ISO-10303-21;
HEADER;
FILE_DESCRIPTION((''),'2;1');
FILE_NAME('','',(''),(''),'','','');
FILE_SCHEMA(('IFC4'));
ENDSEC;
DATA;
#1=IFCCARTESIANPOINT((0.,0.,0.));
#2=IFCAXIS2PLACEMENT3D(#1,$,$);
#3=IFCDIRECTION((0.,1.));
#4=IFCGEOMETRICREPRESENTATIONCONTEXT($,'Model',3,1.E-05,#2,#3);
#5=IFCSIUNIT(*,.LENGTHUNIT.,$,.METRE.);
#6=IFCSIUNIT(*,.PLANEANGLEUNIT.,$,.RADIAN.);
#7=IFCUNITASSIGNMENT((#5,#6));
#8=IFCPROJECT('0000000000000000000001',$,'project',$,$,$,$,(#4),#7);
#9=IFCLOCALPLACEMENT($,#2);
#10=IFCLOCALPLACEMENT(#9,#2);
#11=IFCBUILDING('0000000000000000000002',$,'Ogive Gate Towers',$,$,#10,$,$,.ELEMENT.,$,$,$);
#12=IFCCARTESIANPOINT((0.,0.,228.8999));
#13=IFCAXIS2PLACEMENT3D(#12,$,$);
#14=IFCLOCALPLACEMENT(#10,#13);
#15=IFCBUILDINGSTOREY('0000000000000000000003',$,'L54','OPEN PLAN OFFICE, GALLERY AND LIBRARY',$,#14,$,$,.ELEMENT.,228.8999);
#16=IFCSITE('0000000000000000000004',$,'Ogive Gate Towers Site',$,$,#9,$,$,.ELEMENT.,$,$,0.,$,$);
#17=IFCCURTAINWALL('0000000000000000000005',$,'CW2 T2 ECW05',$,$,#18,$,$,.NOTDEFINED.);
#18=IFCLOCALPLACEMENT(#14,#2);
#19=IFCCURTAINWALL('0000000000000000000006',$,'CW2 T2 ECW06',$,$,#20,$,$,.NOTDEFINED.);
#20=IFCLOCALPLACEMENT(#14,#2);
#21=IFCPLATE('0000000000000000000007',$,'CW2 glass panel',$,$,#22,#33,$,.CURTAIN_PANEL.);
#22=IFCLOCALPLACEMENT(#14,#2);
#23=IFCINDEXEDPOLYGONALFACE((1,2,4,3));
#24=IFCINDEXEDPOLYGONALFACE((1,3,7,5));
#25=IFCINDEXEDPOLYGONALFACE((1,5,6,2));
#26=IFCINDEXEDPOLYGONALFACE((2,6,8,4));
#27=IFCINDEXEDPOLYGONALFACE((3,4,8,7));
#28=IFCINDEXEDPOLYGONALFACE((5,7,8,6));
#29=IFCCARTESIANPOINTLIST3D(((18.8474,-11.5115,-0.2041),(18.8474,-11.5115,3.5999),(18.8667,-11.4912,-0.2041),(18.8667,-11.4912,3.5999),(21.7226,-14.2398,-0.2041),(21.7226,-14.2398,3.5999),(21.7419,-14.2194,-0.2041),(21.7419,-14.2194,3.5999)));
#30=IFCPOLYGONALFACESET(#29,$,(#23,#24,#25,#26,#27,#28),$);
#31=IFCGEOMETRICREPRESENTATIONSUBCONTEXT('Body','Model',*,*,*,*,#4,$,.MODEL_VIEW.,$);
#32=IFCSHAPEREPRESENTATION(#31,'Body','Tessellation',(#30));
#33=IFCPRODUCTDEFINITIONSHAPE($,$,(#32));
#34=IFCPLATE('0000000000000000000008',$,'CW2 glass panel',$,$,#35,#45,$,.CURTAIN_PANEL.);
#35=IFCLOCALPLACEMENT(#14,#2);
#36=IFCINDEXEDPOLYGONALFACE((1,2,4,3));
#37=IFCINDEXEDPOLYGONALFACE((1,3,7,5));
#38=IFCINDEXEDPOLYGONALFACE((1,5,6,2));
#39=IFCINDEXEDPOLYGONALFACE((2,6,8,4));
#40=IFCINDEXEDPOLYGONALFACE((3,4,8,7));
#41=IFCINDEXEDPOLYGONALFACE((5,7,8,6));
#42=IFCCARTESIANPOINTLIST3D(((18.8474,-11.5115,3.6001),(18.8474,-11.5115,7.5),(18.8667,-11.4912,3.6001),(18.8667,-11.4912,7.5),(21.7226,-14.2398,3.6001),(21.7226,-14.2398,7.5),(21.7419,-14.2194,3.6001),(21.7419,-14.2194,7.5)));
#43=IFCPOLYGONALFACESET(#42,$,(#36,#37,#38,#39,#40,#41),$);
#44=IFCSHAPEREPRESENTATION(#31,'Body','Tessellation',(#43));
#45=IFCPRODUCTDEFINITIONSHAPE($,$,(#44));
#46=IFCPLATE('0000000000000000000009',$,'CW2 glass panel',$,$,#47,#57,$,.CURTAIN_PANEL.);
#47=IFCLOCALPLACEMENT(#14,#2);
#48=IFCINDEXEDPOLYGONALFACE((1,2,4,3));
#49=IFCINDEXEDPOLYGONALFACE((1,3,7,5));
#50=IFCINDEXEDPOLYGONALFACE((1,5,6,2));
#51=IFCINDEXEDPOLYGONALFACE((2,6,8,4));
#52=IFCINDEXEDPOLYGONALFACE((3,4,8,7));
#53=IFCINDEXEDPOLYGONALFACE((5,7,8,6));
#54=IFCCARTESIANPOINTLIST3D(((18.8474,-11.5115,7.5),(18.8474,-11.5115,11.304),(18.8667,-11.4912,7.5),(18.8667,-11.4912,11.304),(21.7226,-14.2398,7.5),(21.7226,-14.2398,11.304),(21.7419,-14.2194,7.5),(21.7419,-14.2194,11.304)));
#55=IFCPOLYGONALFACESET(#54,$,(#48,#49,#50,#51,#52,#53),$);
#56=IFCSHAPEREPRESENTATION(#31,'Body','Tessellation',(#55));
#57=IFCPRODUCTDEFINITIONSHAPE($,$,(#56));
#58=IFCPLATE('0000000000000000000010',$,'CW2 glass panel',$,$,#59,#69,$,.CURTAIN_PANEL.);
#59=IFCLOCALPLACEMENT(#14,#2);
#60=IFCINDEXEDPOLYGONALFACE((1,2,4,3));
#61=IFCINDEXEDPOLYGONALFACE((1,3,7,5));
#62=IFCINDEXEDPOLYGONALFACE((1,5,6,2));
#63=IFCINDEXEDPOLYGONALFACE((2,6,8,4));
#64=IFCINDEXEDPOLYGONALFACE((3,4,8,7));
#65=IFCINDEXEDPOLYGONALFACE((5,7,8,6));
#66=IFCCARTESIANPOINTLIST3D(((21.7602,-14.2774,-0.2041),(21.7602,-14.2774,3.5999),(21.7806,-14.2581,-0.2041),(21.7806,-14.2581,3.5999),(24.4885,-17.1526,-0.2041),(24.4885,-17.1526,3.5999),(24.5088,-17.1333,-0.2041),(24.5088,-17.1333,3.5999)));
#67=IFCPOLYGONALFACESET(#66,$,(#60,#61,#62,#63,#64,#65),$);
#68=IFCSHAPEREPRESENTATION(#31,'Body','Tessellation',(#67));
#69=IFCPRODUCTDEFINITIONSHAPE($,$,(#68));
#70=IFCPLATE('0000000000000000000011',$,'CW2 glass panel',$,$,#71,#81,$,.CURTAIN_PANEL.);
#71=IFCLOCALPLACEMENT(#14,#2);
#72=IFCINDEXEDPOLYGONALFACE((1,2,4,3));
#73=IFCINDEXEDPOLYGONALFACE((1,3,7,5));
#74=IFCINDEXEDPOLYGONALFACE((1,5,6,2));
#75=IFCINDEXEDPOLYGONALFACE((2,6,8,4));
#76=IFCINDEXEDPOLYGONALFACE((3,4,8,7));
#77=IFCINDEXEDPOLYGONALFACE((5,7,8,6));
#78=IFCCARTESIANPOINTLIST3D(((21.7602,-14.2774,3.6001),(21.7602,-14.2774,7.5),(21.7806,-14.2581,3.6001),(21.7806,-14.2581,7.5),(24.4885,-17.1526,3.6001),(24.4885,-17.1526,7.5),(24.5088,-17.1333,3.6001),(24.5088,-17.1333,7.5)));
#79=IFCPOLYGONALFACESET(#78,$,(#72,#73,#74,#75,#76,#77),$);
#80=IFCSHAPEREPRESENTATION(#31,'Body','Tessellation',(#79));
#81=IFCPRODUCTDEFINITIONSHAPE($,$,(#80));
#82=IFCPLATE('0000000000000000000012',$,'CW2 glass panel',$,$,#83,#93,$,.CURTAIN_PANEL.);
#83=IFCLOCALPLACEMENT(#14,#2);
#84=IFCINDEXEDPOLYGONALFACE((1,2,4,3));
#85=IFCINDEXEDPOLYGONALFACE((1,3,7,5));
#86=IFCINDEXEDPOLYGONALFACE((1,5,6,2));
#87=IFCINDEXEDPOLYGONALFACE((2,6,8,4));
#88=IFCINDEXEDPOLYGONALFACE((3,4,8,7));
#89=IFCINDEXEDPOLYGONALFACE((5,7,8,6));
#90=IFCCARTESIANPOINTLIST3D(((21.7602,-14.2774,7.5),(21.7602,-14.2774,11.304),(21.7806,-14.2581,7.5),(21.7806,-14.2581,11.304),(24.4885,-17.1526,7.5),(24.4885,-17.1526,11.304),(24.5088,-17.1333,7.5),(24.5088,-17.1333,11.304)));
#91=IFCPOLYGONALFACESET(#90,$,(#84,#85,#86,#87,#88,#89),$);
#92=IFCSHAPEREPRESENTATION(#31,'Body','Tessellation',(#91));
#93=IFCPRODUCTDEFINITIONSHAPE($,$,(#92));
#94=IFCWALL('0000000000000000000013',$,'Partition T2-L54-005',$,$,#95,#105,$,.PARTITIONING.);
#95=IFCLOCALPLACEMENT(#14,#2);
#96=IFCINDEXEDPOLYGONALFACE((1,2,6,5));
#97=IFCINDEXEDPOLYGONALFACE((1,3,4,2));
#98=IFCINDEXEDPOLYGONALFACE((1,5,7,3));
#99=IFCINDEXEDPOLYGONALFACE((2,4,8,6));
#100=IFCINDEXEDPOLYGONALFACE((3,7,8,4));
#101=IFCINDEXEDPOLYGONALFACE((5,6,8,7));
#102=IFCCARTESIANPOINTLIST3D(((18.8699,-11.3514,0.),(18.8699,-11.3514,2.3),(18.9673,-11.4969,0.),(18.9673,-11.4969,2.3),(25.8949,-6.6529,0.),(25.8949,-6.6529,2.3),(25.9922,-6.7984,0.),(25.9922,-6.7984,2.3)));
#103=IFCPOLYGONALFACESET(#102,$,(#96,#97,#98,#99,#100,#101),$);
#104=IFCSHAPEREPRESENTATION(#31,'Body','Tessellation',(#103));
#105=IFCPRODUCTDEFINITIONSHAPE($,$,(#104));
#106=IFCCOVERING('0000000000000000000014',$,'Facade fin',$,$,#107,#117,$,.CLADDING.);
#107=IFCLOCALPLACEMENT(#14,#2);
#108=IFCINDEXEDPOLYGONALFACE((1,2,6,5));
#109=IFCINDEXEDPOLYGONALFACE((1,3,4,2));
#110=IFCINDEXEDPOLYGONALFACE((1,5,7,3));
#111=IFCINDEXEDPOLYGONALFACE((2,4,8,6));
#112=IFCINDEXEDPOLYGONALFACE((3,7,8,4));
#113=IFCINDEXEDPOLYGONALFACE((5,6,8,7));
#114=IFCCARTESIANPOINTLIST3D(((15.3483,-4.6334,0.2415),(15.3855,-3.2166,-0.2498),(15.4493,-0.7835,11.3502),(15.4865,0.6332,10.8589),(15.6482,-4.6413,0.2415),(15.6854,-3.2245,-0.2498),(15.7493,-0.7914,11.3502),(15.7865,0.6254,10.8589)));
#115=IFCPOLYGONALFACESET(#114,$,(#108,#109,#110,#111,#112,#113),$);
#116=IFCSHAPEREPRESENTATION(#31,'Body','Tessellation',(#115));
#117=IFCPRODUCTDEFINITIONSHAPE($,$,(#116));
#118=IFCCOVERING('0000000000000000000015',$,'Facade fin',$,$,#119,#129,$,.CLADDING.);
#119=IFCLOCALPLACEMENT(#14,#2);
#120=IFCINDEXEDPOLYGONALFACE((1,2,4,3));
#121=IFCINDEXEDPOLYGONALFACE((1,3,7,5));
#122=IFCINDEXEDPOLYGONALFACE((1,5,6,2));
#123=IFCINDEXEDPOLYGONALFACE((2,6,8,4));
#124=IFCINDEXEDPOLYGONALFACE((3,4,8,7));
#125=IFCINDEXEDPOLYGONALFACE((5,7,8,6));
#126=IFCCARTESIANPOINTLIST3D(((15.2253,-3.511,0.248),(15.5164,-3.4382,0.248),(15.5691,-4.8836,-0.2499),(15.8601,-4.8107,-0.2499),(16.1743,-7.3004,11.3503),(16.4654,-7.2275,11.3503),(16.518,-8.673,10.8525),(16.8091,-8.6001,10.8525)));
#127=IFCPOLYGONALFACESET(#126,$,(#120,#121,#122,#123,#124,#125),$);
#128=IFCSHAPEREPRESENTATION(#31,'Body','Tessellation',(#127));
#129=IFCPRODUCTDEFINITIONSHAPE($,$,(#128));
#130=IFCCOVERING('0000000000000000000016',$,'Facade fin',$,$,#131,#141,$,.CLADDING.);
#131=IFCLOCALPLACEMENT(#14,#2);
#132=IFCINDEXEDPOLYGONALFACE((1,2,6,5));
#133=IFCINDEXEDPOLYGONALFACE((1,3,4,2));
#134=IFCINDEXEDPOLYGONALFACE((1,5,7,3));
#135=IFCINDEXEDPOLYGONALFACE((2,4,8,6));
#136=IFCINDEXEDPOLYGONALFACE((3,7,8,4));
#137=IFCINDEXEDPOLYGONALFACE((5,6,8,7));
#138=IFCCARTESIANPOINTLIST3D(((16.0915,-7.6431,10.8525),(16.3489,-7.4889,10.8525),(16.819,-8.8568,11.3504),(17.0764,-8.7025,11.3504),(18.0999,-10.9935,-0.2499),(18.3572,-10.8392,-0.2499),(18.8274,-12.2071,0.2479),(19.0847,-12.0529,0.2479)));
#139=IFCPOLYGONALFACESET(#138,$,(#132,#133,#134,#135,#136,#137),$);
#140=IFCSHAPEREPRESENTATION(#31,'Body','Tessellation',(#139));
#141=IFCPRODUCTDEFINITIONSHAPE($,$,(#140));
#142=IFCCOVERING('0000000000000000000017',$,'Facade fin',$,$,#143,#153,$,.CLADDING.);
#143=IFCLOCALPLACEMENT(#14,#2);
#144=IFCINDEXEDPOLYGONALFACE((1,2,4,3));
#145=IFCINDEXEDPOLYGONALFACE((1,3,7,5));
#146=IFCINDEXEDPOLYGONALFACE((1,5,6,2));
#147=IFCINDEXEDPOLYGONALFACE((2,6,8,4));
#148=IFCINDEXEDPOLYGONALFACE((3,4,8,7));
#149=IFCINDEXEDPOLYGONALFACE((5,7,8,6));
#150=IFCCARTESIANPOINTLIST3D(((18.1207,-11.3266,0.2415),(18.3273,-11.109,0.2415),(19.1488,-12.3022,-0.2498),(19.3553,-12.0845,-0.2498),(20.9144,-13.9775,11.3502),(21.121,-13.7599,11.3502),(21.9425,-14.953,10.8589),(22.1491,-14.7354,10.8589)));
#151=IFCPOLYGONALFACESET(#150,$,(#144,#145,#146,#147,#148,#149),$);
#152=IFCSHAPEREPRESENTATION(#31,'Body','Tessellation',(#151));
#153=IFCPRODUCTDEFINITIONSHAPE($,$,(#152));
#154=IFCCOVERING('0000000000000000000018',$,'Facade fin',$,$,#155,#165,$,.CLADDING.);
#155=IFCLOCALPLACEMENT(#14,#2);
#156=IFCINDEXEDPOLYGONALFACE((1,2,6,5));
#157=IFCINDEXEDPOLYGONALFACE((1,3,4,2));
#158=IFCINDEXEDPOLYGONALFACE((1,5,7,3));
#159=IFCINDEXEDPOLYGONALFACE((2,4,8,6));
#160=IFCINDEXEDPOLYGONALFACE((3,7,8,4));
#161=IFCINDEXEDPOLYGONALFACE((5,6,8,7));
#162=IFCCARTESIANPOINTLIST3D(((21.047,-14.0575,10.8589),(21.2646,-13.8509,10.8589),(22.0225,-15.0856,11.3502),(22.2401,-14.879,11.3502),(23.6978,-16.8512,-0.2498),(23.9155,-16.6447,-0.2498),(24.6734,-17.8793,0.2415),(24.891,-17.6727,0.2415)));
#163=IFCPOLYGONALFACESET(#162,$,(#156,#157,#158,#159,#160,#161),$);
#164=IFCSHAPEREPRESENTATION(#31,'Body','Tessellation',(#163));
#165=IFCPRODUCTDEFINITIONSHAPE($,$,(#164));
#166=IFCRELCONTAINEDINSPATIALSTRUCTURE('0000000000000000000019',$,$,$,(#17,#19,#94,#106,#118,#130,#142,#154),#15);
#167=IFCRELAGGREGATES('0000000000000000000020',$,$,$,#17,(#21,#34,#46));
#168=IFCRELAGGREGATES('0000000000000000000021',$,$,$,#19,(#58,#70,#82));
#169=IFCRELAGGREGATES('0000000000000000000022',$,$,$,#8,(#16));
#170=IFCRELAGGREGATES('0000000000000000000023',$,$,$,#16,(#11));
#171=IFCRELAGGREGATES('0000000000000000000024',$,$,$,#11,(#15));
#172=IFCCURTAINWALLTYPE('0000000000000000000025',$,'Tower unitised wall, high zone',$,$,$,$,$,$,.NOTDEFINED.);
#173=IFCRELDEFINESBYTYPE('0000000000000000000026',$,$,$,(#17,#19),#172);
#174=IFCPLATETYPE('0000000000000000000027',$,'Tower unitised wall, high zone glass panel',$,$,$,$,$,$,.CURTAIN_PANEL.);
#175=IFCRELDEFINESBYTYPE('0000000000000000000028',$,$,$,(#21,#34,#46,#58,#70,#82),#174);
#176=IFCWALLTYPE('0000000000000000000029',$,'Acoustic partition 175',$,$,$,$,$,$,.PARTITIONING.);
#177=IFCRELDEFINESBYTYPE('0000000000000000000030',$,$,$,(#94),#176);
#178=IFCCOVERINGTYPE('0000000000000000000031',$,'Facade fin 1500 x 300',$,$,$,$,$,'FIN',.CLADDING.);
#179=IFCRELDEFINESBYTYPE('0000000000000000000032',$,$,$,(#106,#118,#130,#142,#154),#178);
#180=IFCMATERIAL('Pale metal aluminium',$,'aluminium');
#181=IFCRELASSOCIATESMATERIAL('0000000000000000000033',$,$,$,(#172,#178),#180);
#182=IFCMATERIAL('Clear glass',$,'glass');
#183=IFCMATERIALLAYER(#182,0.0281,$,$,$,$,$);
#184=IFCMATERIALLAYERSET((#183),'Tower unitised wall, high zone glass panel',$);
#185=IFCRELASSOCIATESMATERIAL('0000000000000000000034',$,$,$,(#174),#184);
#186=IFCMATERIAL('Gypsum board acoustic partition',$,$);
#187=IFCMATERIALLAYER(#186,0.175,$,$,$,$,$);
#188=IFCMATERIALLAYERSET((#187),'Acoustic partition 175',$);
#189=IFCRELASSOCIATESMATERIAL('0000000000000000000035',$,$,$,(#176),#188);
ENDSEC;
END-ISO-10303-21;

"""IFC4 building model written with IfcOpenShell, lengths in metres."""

from ifc_helpers import new_model, si_unit, direction, frame, frame_2d, origin, origin_2d, place, context, subcontext, project, spatial, rectangle, extrude, material, layer, layer_set, material_profile, profile_set, type_object, element, aggregate, save


model = new_model("IFC4")

# Units and contexts
model_context = context("Model", 3, precision=1e-05, world=origin(), true_north=direction((0.0, 1.0)))
body_context = subcontext(model_context, "Body", "Model", "MODEL_VIEW")
ifc_project = project(units=[si_unit("LENGTHUNIT", "METRE"), si_unit("PLANEANGLEUNIT", "RADIAN")], contexts=[model_context])

# Site, building, storey
site_placement = place(None, origin())
site = spatial("IfcSite", under=ifc_project, at=site_placement, Name="Ogive Gate Towers Site", CompositionType="ELEMENT", RefElevation=0.0)
building_placement = place(site_placement, origin())
building = spatial("IfcBuilding", under=site, at=building_placement, Name="Ogive Gate Towers", CompositionType="ELEMENT")
storey_placement = place(building_placement, frame((0.0, 0.0, 228.8999)))
storey = spatial("IfcBuildingStorey", under=building, at=storey_placement, Name="L54", Description="OPEN PLAN OFFICE, GALLERY AND LIBRARY", CompositionType="ELEMENT", Elevation=228.8999)

# Curtain walls
ifc_material_1 = material(Name="Pale metal aluminium", Category="aluminium")
curtain_wall_type = type_object("IfcCurtainWallType", Name="Tower unitised wall, high zone", PredefinedType="NOTDEFINED", material=ifc_material_1)
curtain_wall_1_placement = place(storey_placement, origin())
curtain_wall_1 = element("IfcCurtainWall", 1, at=curtain_wall_1_placement, inside=storey, type_object=curtain_wall_type, Name="CW2 T2 ECW05", PredefinedType="NOTDEFINED")
curtain_wall_2_placement = place(storey_placement, origin())
curtain_wall_2 = element("IfcCurtainWall", 2, at=curtain_wall_2_placement, inside=storey, type_object=curtain_wall_type, Name="CW2 T2 ECW06", PredefinedType="NOTDEFINED")

# Plates
ifc_material_2 = material(Name="Clear glass", Category="glass")
ifc_layer_1 = layer(ifc_material_2, 0.0281)
ifc_layer_set_1 = layer_set([ifc_layer_1], Name="Tower unitised wall, high zone glass panel")
plate_type = type_object("IfcPlateType", Name="Tower unitised wall, high zone glass panel", PredefinedType="CURTAIN_PANEL", material=ifc_layer_set_1)
plate_1_placement = place(storey_placement, frame((20.2947, -12.8655, -0.2041), z_axis=(0.0, 0.0, 1.0), x_axis=(0.725398, -0.688329, 0.0)))
plate_1 = element("IfcPlate", 3, at=plate_1_placement, type_object=plate_type, Name="CW2 glass panel", PredefinedType="CURTAIN_PANEL", context=body_context, shape_type="SweptSolid", body=[
    extrude(rectangle(XDim=3.9636, YDim=0.0281, at=origin_2d()), origin(), (0.0, 0.0, 1.0), 3.804),
])
plate_2_placement = place(storey_placement, frame((20.2947, -12.8655, 3.6001), z_axis=(0.0, 0.0, 1.0), x_axis=(0.725398, -0.688329, 0.0)))
plate_2 = element("IfcPlate", 4, at=plate_2_placement, type_object=plate_type, Name="CW2 glass panel", PredefinedType="CURTAIN_PANEL", context=body_context, shape_type="SweptSolid", body=[
    extrude(rectangle(XDim=3.9636, YDim=0.0281, at=origin_2d()), origin(), (0.0, 0.0, 1.0), 3.8999),
])
plate_3_placement = place(storey_placement, frame((20.2947, -12.8655, 7.5), z_axis=(0.0, 0.0, 1.0), x_axis=(0.725398, -0.688329, 0.0)))
plate_3 = element("IfcPlate", 5, at=plate_3_placement, type_object=plate_type, Name="CW2 glass panel", PredefinedType="CURTAIN_PANEL", context=body_context, shape_type="SweptSolid", body=[
    extrude(rectangle(XDim=3.9636, YDim=0.0281, at=origin_2d()), origin(), (0.0, 0.0, 1.0), 3.804),
])
aggregate(curtain_wall_1, [plate_1, plate_2, plate_3])
plate_4_placement = place(storey_placement, frame((23.1345, -15.7053, -0.2041), z_axis=(0.0, 0.0, 1.0), x_axis=(0.688329, -0.725398, 0.0)))
plate_4 = element("IfcPlate", 6, at=plate_4_placement, type_object=plate_type, Name="CW2 glass panel", PredefinedType="CURTAIN_PANEL", context=body_context, shape_type="SweptSolid", body=[
    extrude(rectangle(XDim=3.9636, YDim=0.0281, at=origin_2d()), origin(), (0.0, 0.0, 1.0), 3.804),
])
plate_5_placement = place(storey_placement, frame((23.1345, -15.7053, 3.6001), z_axis=(0.0, 0.0, 1.0), x_axis=(0.688329, -0.725398, 0.0)))
plate_5 = element("IfcPlate", 7, at=plate_5_placement, type_object=plate_type, Name="CW2 glass panel", PredefinedType="CURTAIN_PANEL", context=body_context, shape_type="SweptSolid", body=[
    extrude(rectangle(XDim=3.9636, YDim=0.0281, at=origin_2d()), origin(), (0.0, 0.0, 1.0), 3.8999),
])
plate_6_placement = place(storey_placement, frame((23.1345, -15.7053, 7.5), z_axis=(0.0, 0.0, 1.0), x_axis=(0.688329, -0.725398, 0.0)))
plate_6 = element("IfcPlate", 8, at=plate_6_placement, type_object=plate_type, Name="CW2 glass panel", PredefinedType="CURTAIN_PANEL", context=body_context, shape_type="SweptSolid", body=[
    extrude(rectangle(XDim=3.9636, YDim=0.0281, at=origin_2d()), origin(), (0.0, 0.0, 1.0), 3.804),
])
aggregate(curtain_wall_2, [plate_4, plate_5, plate_6])

# Wall
ifc_material_3 = material(Name="Gypsum board acoustic partition")
ifc_layer_2 = layer(ifc_material_3, 0.175)
ifc_layer_set_2 = layer_set([ifc_layer_2], Name="Acoustic partition 175")
wall_type = type_object("IfcWallType", Name="Acoustic partition 175", PredefinedType="PARTITIONING", material=ifc_layer_set_2)
wall_placement = place(storey_placement, frame((18.9187, -11.4241, 0.0), z_axis=(0.0, 0.0, 1.0), x_axis=(0.831218, 0.555946, 0.0)))
element("IfcWall", 9, at=wall_placement, inside=storey, type_object=wall_type, Name="Partition T2-L54-005", PredefinedType="PARTITIONING", context=body_context, shape_type="SweptSolid", body=[
    extrude(rectangle(XDim=8.4514, YDim=0.175, at=frame_2d((4.2256, 0.0))), origin(), (0.0, 0.0, 1.0), 2.3),
])

# Coverings
ifc_material_profile_1 = material_profile(ifc_material_1, rectangle(XDim=0.3, YDim=1.5, at=origin_2d()), Name="1500 x 300 pale metal aluminium")
ifc_profile_set_1 = profile_set([ifc_material_profile_1], Name="Pale metal aluminium")
covering_type = type_object("IfcCoveringType", Name="Facade fin 1500 x 300", ElementType="FIN", PredefinedType="CLADDING", material=ifc_profile_set_1)
covering_placement = place(storey_placement, frame((15.5168, -3.929, -0.0042), z_axis=(0.008597, 0.327444, 0.944831), x_axis=(-0.999656, 0.026245, 0.0)))
element("IfcCovering", 10, at=covering_placement, inside=storey, type_object=covering_type, Name="Facade fin", PredefinedType="CLADDING", context=body_context, shape_type="SweptSolid", body=[
    extrude(rectangle(XDim=0.3, YDim=1.5, at=origin_2d()), origin(), (0.0, 0.0, 1.0), 11.7573),
])
for number, where, z_axis, x_axis, name in (
    (11, (15.5427, -4.1609, -0.001), (0.08063, -0.321961, 0.943313), (0.970043, 0.242933, 0.0), "Facade fin"),
    (12, (18.5923, -11.5232, -0.001), (-0.170637, 0.284665, 0.943318), (-0.857708, -0.514137, 0.0), "Facade fin"),
):
    element("IfcCovering", number, at=place(storey_placement, frame(where, z_axis=z_axis, x_axis=x_axis)), inside=storey, type_object=covering_type, Name=name, PredefinedType="CLADDING", context=body_context, shape_type="SweptSolid", body=[
        extrude(rectangle(XDim=0.3, YDim=1.5, at=origin_2d()), origin(), (0.0, 0.0, 1.0), 11.7695),
    ])
for number, where, z_axis, x_axis, name in (
    (13, (18.738, -11.7056, -0.0042), (0.237614, -0.225467, 0.94483), (0.688321, 0.725406, 0.0), "Facade fin"),
    (14, (24.2944, -17.262, -0.0042), (-0.225467, 0.237614, 0.94483), (-0.725406, -0.688321, 0.0), "Facade fin"),
):
    element("IfcCovering", number, at=place(storey_placement, frame(where, z_axis=z_axis, x_axis=x_axis)), inside=storey, type_object=covering_type, Name=name, PredefinedType="CLADDING", context=body_context, shape_type="SweptSolid", body=[
        extrude(rectangle(XDim=0.3, YDim=1.5, at=origin_2d()), origin(), (0.0, 0.0, 1.0), 11.7573),
    ])

save(model, "model.ifc")
